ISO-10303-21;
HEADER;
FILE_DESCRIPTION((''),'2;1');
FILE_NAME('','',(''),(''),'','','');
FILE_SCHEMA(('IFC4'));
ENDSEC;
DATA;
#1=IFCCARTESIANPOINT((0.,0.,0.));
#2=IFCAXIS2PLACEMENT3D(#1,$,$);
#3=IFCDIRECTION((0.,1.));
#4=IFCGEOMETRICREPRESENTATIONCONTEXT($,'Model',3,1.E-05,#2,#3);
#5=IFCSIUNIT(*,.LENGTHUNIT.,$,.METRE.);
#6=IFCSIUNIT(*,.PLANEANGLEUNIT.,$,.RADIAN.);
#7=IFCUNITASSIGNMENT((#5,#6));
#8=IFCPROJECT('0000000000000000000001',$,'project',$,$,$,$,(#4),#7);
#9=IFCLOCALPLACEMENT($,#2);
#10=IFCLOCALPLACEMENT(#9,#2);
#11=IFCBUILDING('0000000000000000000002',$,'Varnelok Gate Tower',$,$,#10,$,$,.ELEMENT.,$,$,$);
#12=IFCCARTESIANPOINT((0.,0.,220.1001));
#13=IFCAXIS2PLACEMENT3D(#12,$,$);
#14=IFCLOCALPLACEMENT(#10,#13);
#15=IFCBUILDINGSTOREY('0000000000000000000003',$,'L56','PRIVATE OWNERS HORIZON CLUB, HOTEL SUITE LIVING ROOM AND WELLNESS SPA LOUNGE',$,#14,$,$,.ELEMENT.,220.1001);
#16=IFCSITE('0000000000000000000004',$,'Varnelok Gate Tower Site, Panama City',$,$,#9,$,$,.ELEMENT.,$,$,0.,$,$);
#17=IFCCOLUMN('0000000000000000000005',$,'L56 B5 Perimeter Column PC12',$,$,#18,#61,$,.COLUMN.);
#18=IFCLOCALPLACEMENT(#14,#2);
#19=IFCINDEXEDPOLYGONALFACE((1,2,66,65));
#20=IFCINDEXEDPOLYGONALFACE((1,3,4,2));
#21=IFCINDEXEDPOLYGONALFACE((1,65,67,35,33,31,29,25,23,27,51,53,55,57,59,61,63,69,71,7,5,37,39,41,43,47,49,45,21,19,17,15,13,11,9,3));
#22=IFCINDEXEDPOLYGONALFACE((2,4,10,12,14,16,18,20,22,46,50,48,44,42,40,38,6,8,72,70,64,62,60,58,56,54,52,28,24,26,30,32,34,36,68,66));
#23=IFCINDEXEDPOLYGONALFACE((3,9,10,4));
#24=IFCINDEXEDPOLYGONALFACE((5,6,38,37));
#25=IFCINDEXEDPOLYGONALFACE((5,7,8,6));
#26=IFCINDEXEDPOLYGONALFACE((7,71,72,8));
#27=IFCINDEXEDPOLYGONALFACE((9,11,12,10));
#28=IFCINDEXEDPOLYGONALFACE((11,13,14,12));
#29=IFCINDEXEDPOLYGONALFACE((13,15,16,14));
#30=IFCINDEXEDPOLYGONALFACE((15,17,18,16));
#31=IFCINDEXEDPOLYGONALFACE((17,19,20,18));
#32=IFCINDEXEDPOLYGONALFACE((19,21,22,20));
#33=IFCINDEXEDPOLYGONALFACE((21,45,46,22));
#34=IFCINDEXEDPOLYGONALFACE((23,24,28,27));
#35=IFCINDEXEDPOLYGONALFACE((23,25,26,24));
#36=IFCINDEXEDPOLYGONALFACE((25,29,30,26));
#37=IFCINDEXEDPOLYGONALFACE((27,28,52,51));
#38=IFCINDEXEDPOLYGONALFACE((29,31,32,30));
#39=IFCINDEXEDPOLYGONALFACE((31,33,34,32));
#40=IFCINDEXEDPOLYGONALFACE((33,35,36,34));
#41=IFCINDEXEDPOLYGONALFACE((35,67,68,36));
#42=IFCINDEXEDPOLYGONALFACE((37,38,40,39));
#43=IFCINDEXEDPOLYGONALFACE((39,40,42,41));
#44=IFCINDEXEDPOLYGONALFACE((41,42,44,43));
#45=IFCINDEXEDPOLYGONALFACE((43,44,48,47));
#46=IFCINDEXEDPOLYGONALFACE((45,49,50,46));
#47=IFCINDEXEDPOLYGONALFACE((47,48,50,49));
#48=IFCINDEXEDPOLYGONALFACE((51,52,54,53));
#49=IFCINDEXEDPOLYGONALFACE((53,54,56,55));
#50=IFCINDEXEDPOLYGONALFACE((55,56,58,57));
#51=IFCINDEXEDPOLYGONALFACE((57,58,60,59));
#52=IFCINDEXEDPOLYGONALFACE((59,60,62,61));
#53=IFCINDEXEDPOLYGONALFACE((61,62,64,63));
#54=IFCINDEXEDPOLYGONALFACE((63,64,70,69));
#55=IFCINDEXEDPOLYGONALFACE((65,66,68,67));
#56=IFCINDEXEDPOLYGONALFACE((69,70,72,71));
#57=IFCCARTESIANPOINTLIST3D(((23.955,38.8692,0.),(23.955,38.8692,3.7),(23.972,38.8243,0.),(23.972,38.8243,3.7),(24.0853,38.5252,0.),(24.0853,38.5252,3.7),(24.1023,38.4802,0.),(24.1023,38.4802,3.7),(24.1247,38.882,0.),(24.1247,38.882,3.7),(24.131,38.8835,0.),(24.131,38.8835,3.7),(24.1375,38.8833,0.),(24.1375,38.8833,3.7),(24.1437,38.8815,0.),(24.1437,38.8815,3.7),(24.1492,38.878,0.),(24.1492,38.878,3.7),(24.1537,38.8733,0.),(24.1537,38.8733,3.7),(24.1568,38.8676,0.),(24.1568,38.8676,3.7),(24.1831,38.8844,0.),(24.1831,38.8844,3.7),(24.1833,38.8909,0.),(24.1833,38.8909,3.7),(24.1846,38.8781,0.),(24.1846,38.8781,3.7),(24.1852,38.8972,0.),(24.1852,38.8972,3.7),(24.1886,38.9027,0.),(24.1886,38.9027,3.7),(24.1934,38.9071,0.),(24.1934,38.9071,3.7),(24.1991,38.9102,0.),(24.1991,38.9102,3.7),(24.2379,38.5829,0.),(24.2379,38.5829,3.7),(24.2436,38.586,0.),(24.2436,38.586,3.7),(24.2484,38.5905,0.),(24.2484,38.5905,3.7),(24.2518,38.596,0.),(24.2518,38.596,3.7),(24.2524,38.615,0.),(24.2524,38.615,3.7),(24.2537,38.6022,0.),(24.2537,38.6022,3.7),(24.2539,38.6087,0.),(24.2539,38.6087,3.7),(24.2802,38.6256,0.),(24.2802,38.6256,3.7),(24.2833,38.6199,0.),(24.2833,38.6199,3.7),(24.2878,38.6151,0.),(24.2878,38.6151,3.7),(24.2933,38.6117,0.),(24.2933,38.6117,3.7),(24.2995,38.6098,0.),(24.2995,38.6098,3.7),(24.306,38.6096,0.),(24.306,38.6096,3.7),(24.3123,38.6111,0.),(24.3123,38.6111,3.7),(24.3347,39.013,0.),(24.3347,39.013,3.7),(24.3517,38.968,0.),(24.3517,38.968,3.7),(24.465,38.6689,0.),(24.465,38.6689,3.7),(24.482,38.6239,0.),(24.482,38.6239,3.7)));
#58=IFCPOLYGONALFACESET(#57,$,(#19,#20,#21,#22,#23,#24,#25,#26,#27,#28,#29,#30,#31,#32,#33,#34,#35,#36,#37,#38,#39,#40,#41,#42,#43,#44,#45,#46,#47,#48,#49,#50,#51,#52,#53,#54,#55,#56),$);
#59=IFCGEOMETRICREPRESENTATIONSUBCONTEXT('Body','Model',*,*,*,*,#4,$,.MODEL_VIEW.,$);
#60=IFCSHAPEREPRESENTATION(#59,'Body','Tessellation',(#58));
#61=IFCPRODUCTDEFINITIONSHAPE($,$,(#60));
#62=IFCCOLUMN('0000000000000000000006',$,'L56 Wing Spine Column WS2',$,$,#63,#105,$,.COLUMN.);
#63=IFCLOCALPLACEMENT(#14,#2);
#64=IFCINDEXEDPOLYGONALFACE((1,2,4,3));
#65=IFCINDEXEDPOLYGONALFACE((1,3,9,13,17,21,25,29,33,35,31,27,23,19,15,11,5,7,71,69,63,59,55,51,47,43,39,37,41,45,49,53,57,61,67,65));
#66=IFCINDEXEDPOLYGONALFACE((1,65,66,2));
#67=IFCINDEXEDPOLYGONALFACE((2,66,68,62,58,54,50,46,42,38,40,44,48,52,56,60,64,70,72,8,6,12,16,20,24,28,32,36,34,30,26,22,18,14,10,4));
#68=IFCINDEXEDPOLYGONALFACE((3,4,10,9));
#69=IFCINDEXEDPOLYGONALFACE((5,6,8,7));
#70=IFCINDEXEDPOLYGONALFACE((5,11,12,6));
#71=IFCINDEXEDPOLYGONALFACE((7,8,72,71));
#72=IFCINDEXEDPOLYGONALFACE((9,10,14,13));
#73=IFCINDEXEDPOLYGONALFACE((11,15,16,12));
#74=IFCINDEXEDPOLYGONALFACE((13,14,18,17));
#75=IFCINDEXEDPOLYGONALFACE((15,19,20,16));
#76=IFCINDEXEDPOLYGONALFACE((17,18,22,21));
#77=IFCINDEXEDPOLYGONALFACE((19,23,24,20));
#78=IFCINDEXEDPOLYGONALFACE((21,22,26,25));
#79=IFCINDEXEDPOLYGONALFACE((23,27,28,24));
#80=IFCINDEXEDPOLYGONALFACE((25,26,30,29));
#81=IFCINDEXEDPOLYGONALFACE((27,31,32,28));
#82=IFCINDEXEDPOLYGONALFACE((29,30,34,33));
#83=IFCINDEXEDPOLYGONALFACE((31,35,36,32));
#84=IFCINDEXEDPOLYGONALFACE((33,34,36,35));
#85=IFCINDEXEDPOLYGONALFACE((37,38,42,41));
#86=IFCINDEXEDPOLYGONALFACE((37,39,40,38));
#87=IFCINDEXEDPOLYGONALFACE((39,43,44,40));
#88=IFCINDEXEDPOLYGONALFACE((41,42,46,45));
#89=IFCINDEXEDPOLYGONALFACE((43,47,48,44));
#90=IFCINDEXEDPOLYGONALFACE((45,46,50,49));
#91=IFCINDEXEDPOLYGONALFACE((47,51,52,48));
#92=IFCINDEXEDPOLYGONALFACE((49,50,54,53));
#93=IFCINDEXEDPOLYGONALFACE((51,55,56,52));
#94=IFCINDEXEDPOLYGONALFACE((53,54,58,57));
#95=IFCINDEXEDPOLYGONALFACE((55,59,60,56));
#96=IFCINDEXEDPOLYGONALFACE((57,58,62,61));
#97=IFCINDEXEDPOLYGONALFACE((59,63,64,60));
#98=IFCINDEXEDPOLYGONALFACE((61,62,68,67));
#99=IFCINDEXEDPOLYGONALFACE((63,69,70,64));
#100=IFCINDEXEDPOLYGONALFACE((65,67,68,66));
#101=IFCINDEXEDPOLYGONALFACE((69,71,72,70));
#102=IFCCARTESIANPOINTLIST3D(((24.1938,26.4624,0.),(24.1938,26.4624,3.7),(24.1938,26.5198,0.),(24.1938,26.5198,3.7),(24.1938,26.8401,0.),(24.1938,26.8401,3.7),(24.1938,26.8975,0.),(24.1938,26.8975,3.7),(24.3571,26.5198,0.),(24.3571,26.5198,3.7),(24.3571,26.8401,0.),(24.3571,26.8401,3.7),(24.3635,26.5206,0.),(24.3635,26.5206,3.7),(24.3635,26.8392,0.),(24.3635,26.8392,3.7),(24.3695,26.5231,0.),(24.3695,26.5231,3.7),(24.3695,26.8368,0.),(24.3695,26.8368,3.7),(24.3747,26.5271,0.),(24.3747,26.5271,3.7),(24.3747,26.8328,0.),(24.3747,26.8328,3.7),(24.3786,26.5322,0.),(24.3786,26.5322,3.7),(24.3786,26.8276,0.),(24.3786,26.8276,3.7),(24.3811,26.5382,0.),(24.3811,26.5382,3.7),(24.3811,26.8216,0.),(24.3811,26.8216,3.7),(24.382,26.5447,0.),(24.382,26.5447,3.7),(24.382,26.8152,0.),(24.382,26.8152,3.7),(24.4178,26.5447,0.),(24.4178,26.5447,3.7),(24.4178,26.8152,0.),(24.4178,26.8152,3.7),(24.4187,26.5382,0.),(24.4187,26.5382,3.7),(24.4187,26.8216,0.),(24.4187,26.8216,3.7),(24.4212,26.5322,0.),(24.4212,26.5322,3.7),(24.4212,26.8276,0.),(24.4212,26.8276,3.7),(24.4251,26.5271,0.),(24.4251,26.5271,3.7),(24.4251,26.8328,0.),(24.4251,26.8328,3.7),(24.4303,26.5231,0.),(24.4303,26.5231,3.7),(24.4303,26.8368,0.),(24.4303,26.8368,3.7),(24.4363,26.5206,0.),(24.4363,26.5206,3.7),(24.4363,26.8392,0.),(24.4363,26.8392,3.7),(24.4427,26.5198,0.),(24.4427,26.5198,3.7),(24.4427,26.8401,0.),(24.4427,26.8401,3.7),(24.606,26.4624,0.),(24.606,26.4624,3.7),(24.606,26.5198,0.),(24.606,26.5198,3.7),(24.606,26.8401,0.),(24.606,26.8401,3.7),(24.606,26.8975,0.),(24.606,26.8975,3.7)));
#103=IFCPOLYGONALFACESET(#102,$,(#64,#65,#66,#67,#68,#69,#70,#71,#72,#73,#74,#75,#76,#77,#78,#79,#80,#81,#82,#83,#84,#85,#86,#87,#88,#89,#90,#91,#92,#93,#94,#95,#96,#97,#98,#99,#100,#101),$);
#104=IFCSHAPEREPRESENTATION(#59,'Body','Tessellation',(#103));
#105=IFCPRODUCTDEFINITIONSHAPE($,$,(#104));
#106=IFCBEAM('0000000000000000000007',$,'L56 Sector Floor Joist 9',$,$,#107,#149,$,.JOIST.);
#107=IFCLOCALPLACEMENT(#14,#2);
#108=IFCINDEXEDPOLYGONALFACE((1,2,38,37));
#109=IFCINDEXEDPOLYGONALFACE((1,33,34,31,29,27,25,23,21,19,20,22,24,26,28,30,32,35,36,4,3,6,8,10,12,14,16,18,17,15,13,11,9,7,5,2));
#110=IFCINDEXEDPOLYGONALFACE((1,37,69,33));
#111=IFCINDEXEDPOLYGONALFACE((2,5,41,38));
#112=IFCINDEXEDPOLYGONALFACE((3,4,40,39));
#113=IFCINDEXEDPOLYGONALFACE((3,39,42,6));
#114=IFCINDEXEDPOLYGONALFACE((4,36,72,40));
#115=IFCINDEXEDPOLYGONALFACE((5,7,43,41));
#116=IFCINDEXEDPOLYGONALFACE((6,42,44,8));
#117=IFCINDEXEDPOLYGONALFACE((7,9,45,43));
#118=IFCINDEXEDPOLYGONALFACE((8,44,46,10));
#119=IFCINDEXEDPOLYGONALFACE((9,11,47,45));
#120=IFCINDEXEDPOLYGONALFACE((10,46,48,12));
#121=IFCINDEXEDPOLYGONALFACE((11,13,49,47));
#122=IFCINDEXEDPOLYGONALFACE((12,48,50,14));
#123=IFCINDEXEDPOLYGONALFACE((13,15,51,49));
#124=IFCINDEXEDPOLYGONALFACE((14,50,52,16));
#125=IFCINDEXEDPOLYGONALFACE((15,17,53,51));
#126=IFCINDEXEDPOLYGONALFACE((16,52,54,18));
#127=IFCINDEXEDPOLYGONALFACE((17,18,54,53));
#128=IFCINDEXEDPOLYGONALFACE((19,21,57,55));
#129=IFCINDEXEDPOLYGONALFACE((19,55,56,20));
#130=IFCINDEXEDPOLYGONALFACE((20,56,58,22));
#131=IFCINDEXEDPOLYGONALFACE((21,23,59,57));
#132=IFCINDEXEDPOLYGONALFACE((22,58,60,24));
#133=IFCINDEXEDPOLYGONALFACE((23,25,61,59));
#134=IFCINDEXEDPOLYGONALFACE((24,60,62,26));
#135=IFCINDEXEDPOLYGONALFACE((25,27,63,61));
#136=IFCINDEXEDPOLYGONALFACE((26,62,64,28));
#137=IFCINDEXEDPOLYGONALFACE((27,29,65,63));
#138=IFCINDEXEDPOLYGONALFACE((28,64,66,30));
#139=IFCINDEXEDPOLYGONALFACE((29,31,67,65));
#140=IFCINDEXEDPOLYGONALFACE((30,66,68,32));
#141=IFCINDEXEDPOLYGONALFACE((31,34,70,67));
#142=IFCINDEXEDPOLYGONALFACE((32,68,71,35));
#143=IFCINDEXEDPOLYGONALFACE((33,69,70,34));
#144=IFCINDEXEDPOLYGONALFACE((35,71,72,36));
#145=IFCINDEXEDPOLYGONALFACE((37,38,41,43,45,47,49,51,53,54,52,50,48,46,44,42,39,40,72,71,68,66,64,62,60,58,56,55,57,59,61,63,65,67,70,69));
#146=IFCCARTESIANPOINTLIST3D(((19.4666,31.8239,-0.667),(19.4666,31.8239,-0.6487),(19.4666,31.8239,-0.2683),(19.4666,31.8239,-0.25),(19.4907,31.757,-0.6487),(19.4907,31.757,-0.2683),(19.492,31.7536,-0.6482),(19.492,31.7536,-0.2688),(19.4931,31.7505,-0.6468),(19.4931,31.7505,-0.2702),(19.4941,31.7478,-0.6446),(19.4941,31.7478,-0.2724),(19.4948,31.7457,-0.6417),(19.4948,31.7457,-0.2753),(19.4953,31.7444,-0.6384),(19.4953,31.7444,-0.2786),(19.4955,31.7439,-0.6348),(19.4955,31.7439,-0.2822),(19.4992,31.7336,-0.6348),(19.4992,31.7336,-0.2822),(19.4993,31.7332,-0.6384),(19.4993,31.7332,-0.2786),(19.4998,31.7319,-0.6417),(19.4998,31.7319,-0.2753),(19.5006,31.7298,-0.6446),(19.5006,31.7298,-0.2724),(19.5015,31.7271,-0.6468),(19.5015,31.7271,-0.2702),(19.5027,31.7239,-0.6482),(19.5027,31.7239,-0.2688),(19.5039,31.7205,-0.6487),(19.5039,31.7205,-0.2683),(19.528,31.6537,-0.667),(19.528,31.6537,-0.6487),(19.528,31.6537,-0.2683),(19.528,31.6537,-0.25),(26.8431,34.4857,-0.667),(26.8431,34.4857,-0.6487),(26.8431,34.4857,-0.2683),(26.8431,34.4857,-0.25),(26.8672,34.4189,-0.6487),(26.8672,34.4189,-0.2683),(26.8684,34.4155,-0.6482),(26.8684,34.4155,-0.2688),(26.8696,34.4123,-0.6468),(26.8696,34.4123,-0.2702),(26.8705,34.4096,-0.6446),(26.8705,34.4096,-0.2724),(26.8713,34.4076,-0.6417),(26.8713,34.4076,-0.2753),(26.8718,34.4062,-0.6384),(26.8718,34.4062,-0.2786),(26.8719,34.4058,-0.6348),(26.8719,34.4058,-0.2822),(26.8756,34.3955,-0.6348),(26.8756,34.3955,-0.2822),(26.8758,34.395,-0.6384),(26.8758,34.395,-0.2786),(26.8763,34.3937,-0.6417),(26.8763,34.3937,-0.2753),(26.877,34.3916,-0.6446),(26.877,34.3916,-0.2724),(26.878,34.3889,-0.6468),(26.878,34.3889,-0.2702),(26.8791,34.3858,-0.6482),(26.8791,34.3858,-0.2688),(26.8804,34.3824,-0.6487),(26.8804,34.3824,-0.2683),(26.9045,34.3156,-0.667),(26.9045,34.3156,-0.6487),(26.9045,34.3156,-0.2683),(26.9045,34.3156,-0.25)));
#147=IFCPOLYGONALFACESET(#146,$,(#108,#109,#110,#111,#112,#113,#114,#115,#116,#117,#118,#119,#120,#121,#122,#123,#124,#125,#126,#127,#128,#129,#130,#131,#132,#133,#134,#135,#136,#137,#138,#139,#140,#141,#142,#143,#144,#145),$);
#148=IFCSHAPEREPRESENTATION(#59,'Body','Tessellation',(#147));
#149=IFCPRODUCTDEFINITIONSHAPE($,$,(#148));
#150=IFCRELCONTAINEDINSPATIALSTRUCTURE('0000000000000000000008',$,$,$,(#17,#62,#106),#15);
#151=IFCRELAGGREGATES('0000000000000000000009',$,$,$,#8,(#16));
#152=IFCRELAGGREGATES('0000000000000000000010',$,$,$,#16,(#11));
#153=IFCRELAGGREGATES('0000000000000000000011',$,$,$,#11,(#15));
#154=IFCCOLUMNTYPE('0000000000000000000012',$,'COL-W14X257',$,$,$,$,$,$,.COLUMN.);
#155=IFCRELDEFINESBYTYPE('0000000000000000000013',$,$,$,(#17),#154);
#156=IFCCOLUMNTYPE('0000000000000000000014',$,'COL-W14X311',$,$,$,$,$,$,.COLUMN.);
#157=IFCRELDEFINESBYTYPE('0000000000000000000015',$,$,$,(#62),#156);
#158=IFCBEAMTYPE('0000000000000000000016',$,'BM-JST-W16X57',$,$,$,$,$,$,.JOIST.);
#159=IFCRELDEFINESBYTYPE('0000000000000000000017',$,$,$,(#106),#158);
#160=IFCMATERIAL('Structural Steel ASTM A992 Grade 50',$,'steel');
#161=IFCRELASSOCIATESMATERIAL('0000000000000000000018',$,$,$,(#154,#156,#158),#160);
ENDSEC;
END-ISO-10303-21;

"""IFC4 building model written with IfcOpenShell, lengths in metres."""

from ifc_helpers import new_model, si_unit, direction, frame, origin, origin_2d, place, context, subcontext, project, spatial, i_section, extrude, material, material_profile, profile_set, type_object, element, save


model = new_model("IFC4")

# Units and contexts
model_context = context("Model", 3, precision=1e-05, world=origin(), true_north=direction((0.0, 1.0)))
body_context = subcontext(model_context, "Body", "Model", "MODEL_VIEW")
ifc_project = project(units=[si_unit("LENGTHUNIT", "METRE"), si_unit("PLANEANGLEUNIT", "RADIAN")], contexts=[model_context])

# Site, building, storey
site_placement = place(None, origin())
site = spatial("IfcSite", under=ifc_project, at=site_placement, Name="Varnelok Gate Tower Site, Panama City", CompositionType="ELEMENT", RefElevation=0.0)
building_placement = place(site_placement, origin())
building = spatial("IfcBuilding", under=site, at=building_placement, Name="Varnelok Gate Tower", CompositionType="ELEMENT")
storey_placement = place(building_placement, frame((0.0, 0.0, 220.1001)))
storey = spatial("IfcBuildingStorey", under=building, at=storey_placement, Name="L56", Description="PRIVATE OWNERS HORIZON CLUB, HOTEL SUITE LIVING ROOM AND WELLNESS SPA LOUNGE", CompositionType="ELEMENT", Elevation=220.1001)

# Columns
ifc_material_1 = material(Name="Structural Steel ASTM A992 Grade 50", Category="steel")
ifc_material_profile_1 = material_profile(ifc_material_1, i_section(OverallWidth=0.406, OverallDepth=0.416, WebThickness=0.0298, FlangeThickness=0.0481, FilletRadius=0.0249, at=origin_2d()), Name="W14X257")
ifc_profile_set_1 = profile_set([ifc_material_profile_1], Name="Structural Steel ASTM A992 Grade 50")
column_type_1 = type_object("IfcColumnType", Name="COL-W14X257", PredefinedType="COLUMN", material=ifc_profile_set_1)
column_1_placement = place(storey_placement, frame((24.2185, 38.7466, 0.0), z_axis=(0.0, 0.0, 1.0), x_axis=(0.935222, 0.354063, 0.0)))
element("IfcColumn", 1, at=column_1_placement, inside=storey, type_object=column_type_1, Name="L56 B5 Perimeter Column PC12", PredefinedType="COLUMN", context=body_context, shape_type="SweptSolid", body=[
    extrude(i_section(OverallWidth=0.406, OverallDepth=0.416, WebThickness=0.0298, FlangeThickness=0.0481, FilletRadius=0.0249, at=origin_2d()), origin(), (0.0, 0.0, 1.0), 3.7),
])
ifc_material_profile_2 = material_profile(ifc_material_1, i_section(OverallWidth=0.4121, OverallDepth=0.4351, WebThickness=0.0359, FlangeThickness=0.0574, FilletRadius=0.0249, at=origin_2d()), Name="W14X311")
ifc_profile_set_2 = profile_set([ifc_material_profile_2], Name="Structural Steel ASTM A992 Grade 50")
column_type_2 = type_object("IfcColumnType", Name="COL-W14X311", PredefinedType="COLUMN", material=ifc_profile_set_2)
column_2_placement = place(storey_placement, frame((24.3999, 26.6799, 0.0), z_axis=(0.0, 0.0, 1.0), x_axis=(1.0, 0.0, 0.0)))
element("IfcColumn", 2, at=column_2_placement, inside=storey, type_object=column_type_2, Name="L56 Wing Spine Column WS2", PredefinedType="COLUMN", context=body_context, shape_type="SweptSolid", body=[
    extrude(i_section(OverallWidth=0.4121, OverallDepth=0.4351, WebThickness=0.0359, FlangeThickness=0.0574, FilletRadius=0.0249, at=origin_2d()), origin(), (0.0, 0.0, 1.0), 3.7),
])

# Beam
ifc_material_profile_3 = material_profile(ifc_material_1, i_section(OverallWidth=0.1809, OverallDepth=0.417, WebThickness=0.011, FlangeThickness=0.0183, FilletRadius=0.0139, at=origin_2d()), Name="W16X57")
ifc_profile_set_3 = profile_set([ifc_material_profile_3], Name="Structural Steel ASTM A992 Grade 50")
beam_type_1 = type_object("IfcBeamType", Name="BM-JST-W16X57", PredefinedType="JOIST", material=ifc_profile_set_3)
beam_1_placement = place(storey_placement, frame((26.8738, 34.4006, -0.4585), z_axis=(-0.94063, -0.339435, 0.0), x_axis=(0.339435, -0.94063, 0.0)))
element("IfcBeam", 3, at=beam_1_placement, inside=storey, type_object=beam_type_1, Name="L56 Sector Floor Joist 9", PredefinedType="JOIST", context=body_context, shape_type="SweptSolid", body=[
    extrude(i_section(OverallWidth=0.1809, OverallDepth=0.417, WebThickness=0.011, FlangeThickness=0.0183, FilletRadius=0.0139, at=origin_2d()), origin(), (0.0, 0.0, 1.0), 7.842),
])

save(model, "model.ifc")
